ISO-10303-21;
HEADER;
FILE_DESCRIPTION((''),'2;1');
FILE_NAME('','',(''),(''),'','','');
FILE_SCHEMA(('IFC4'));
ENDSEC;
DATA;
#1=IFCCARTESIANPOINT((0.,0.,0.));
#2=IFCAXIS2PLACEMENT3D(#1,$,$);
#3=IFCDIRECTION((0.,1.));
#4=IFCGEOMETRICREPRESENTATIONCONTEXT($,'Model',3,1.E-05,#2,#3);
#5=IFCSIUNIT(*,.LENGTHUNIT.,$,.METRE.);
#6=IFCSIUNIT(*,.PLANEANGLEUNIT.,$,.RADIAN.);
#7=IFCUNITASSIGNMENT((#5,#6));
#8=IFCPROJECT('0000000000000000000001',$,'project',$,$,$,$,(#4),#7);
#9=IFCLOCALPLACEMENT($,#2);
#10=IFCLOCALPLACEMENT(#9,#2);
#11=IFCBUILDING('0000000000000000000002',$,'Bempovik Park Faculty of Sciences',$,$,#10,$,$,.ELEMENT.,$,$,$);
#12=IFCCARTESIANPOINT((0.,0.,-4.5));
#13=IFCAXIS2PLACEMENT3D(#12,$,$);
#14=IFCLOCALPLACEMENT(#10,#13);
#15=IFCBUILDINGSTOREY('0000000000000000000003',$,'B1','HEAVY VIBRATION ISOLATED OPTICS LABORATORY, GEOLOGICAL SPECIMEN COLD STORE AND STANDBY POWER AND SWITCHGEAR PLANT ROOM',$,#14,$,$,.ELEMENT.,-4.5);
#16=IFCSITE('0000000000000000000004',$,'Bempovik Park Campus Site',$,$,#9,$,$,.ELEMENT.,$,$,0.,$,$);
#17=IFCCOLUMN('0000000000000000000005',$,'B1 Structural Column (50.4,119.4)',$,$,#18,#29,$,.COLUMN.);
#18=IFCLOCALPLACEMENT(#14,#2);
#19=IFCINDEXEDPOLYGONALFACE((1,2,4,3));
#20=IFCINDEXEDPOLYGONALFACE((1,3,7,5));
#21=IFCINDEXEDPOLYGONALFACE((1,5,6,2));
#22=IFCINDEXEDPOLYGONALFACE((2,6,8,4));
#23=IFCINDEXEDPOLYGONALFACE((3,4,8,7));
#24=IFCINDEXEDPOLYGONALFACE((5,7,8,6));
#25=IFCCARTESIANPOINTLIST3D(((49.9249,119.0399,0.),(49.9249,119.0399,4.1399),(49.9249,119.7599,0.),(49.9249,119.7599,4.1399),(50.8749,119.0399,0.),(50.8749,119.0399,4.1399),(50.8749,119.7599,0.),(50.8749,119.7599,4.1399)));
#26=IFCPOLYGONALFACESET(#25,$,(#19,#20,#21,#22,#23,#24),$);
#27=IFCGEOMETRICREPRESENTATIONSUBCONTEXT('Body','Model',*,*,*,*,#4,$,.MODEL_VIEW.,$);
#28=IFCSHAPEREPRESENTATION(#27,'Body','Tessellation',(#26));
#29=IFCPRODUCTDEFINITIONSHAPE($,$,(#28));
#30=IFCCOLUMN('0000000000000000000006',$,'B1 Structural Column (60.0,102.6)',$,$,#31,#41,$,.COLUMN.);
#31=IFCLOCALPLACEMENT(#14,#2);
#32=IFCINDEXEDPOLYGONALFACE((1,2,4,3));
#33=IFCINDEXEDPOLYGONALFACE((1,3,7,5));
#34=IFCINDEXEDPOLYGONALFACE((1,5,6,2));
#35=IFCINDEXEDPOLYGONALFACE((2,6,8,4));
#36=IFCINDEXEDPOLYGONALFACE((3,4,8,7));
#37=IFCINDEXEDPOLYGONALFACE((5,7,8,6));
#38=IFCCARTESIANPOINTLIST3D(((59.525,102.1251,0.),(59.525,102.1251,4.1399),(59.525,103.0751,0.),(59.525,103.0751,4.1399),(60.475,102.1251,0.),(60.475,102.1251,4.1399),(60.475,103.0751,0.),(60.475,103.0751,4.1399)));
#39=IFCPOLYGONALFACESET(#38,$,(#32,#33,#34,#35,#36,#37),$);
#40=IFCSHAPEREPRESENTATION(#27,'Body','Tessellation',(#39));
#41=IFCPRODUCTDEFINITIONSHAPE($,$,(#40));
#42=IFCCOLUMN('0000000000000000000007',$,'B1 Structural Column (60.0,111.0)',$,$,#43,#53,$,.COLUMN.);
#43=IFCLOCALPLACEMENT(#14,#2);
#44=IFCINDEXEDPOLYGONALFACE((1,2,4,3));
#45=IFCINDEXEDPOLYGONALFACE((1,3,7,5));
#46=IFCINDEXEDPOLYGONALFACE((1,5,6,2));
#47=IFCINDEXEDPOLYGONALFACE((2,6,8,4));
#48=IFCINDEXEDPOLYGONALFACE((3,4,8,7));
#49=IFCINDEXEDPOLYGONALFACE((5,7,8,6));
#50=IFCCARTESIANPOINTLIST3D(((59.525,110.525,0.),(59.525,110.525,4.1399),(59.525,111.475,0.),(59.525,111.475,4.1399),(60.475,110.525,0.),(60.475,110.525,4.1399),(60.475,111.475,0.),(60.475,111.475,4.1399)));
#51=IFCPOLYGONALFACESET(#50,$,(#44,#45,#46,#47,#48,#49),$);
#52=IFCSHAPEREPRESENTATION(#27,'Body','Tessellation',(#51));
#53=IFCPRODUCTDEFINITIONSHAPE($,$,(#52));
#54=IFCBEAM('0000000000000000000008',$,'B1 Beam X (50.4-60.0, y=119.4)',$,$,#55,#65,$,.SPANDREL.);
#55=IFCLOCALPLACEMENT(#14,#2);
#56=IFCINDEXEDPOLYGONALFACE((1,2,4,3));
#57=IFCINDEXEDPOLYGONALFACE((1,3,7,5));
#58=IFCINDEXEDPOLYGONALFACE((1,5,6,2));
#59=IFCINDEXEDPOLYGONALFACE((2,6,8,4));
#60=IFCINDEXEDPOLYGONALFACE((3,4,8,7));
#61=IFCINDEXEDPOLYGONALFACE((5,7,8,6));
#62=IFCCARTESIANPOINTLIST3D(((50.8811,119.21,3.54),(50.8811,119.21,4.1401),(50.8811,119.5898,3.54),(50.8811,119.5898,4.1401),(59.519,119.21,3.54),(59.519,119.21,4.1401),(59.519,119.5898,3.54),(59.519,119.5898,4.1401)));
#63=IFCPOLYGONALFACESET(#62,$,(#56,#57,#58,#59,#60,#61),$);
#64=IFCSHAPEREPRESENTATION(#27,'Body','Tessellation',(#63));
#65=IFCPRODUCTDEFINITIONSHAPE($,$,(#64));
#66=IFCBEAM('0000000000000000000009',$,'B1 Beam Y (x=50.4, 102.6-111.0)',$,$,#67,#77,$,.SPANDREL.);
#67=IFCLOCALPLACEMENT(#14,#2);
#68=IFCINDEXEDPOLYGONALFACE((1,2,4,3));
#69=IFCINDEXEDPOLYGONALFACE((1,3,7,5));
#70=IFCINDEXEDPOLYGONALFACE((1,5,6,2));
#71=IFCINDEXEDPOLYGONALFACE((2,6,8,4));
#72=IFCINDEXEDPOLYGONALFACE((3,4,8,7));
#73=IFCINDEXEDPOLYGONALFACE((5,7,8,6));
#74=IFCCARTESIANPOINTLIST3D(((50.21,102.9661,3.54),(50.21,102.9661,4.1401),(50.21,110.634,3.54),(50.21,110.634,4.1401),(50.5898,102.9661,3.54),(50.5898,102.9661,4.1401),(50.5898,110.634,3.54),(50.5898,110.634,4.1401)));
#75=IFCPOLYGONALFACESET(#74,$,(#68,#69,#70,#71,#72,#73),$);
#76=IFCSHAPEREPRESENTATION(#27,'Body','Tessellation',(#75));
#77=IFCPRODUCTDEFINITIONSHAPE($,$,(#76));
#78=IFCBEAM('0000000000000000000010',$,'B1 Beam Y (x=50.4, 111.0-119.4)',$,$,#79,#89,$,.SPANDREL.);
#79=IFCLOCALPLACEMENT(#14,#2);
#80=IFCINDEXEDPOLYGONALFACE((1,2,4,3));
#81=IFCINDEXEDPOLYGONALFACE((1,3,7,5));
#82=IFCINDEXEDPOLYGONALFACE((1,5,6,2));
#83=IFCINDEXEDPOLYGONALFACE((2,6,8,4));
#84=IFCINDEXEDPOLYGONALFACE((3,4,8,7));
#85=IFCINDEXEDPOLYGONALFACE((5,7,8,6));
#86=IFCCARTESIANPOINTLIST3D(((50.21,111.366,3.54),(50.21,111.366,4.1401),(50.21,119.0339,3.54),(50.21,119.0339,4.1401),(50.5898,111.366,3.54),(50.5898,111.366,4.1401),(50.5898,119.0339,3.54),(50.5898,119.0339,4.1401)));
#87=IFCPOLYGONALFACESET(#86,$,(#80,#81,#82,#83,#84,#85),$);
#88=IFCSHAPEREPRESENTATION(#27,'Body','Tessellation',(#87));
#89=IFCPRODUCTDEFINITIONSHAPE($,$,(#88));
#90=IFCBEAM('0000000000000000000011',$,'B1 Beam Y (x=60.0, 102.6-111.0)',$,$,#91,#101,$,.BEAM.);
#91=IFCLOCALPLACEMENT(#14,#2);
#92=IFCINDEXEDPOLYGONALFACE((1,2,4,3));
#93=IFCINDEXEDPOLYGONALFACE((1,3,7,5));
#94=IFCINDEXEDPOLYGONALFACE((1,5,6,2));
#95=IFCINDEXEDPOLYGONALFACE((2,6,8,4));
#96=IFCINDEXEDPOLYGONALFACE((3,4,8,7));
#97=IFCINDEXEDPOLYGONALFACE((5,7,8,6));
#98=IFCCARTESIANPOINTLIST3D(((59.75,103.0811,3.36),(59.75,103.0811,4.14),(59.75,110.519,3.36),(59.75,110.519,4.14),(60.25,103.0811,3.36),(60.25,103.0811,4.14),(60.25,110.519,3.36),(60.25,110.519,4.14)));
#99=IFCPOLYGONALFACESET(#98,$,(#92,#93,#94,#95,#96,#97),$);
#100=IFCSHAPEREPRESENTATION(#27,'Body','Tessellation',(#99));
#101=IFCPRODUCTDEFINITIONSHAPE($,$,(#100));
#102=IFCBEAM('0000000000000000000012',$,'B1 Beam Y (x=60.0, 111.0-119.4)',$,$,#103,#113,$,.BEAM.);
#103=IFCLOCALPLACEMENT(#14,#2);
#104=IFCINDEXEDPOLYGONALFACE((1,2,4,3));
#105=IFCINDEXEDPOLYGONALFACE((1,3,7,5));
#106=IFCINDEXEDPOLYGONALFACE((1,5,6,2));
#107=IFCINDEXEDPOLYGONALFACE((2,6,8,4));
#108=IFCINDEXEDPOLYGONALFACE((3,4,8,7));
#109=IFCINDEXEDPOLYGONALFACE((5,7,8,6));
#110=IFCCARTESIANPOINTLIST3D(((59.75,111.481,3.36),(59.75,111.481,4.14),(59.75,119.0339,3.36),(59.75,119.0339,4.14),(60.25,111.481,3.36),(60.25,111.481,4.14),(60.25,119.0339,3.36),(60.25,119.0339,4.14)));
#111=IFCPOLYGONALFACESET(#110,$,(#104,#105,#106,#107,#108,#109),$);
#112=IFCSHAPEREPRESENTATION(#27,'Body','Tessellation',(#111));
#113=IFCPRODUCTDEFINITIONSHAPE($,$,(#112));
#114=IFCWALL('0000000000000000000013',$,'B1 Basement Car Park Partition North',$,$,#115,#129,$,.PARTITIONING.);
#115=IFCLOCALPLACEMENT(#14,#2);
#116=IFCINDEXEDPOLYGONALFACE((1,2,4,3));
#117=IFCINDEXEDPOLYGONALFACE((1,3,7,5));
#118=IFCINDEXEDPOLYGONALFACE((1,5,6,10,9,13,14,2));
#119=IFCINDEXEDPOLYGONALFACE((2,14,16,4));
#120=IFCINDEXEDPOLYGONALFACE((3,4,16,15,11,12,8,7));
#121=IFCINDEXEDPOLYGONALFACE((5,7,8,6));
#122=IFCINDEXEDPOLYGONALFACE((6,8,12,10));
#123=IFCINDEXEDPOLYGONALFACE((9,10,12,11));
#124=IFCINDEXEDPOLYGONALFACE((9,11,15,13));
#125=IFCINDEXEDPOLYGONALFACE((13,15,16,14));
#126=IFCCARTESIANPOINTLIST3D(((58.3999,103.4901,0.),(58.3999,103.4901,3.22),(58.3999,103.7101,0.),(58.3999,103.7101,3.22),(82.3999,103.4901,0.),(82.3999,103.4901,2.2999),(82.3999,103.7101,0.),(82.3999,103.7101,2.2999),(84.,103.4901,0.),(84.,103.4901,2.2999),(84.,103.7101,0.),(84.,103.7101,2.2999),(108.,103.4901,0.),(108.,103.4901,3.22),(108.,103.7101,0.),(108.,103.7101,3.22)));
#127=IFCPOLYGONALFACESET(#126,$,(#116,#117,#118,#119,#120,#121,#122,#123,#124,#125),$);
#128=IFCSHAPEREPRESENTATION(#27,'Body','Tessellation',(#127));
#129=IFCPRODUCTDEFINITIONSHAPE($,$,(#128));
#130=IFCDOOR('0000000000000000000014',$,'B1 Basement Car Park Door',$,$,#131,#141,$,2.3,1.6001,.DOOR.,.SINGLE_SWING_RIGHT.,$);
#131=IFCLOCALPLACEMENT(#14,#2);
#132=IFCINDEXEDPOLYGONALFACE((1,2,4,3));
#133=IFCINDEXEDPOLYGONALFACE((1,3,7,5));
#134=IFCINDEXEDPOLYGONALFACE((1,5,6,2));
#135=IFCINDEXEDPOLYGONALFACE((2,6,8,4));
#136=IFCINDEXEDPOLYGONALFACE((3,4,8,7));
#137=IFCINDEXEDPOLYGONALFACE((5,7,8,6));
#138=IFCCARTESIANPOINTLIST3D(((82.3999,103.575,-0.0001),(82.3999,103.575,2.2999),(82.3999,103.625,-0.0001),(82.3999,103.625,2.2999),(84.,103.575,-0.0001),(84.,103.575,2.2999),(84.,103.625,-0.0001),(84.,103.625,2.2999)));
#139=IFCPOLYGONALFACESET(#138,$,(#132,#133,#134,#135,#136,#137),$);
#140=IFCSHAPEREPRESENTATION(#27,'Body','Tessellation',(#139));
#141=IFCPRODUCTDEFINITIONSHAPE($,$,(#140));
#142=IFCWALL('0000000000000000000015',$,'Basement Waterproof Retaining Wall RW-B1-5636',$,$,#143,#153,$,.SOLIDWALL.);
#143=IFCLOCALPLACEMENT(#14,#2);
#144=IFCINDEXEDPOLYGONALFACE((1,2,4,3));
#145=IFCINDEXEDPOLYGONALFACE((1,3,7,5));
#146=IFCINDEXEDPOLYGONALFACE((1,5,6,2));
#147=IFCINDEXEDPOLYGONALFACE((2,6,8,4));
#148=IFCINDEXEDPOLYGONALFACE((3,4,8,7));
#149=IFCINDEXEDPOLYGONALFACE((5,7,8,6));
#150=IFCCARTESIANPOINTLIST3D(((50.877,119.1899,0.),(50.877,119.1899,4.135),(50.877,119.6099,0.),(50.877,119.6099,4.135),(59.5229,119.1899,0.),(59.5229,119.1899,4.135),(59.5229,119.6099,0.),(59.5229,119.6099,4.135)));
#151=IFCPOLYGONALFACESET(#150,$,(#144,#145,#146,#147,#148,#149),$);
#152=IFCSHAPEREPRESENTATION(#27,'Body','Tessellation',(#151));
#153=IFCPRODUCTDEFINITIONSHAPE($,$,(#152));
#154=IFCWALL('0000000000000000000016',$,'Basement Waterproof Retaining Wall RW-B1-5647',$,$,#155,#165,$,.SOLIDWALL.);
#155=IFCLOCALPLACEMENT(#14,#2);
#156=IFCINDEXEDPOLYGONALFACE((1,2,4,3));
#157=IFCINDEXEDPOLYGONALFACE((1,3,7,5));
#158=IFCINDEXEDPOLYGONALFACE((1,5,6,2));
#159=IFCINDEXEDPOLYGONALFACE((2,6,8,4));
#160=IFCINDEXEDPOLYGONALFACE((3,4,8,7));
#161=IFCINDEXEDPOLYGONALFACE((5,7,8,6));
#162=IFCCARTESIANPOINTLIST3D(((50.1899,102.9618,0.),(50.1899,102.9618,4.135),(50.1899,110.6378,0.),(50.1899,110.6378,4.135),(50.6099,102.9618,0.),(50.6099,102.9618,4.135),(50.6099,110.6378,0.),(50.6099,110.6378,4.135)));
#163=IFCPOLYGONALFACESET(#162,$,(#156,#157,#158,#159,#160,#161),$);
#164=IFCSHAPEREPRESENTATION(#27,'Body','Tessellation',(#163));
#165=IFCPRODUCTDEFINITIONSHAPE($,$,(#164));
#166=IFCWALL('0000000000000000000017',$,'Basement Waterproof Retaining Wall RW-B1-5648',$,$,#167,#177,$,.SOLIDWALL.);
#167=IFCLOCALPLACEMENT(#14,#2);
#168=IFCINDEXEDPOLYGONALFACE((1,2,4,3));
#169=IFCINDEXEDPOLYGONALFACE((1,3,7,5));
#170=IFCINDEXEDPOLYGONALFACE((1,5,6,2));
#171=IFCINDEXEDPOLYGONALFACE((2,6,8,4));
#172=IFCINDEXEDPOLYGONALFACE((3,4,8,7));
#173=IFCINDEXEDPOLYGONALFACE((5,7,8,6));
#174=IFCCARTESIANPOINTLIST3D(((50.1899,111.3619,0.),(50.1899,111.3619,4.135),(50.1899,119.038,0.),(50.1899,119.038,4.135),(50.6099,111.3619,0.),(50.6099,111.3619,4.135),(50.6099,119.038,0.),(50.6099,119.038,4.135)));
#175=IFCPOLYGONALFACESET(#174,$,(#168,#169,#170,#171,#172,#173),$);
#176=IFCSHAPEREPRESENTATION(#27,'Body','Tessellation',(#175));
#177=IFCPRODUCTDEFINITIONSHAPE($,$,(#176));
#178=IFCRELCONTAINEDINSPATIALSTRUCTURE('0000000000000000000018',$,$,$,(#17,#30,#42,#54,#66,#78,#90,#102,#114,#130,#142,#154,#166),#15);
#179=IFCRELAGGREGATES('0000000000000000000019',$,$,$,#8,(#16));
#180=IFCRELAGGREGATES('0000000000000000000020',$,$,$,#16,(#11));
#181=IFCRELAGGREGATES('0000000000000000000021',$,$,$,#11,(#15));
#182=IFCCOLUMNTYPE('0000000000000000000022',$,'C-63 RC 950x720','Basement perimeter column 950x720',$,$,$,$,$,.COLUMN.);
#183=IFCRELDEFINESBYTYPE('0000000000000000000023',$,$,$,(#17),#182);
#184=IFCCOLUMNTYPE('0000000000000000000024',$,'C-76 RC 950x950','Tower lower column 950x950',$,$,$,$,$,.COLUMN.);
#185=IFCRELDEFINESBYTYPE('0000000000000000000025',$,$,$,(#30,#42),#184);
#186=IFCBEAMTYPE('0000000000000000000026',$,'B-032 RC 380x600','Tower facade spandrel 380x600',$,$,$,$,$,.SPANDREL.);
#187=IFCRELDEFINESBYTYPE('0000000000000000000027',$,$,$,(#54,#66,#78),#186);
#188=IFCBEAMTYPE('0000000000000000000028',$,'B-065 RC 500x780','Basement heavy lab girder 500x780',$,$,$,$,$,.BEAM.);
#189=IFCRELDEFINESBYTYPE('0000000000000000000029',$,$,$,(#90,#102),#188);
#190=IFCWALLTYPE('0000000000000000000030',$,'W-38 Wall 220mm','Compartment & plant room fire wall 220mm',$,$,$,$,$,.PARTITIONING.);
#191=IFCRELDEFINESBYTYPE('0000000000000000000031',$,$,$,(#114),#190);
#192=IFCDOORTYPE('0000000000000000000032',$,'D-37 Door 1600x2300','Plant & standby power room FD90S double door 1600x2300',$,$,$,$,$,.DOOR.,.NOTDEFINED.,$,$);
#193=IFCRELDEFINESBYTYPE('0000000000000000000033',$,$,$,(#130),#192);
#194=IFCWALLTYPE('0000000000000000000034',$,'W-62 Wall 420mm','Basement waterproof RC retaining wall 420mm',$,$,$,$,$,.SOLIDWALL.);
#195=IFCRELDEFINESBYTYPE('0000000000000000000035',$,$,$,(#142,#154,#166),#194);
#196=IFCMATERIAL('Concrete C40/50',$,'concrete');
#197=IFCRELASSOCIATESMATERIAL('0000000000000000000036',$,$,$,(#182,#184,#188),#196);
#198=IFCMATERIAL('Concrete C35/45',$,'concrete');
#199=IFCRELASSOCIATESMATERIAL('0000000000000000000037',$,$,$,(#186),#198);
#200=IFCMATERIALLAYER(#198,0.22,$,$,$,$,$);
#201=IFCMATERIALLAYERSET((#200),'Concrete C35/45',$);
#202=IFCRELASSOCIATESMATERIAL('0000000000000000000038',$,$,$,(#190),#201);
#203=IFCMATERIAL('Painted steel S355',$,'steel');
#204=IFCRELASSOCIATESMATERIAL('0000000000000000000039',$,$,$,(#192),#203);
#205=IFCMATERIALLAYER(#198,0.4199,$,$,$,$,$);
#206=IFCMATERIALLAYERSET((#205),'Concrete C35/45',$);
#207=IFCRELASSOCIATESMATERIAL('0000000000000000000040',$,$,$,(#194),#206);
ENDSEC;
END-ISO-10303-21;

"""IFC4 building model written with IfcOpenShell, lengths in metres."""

from ifc_helpers import new_model, si_unit, direction, frame, frame_2d, origin, origin_2d, place, context, subcontext, project, spatial, rectangle, extrude, material, layer, layer_set, material_profile, profile_set, type_object, element, fill, save


model = new_model("IFC4")

# Units and contexts
model_context = context("Model", 3, precision=1e-05, world=origin(), true_north=direction((0.0, 1.0)))
body_context = subcontext(model_context, "Body", "Model", "MODEL_VIEW")
ifc_project = project(units=[si_unit("LENGTHUNIT", "METRE"), si_unit("PLANEANGLEUNIT", "RADIAN")], contexts=[model_context])

# Site, building, storey
site_placement = place(None, origin())
site = spatial("IfcSite", under=ifc_project, at=site_placement, Name="Bempovik Park Campus Site", CompositionType="ELEMENT", RefElevation=0.0)
building_placement = place(site_placement, origin())
building = spatial("IfcBuilding", under=site, at=building_placement, Name="Bempovik Park Faculty of Sciences", CompositionType="ELEMENT")
storey_placement = place(building_placement, frame((0.0, 0.0, -4.5)))
storey = spatial("IfcBuildingStorey", under=building, at=storey_placement, Name="B1", Description="HEAVY VIBRATION ISOLATED OPTICS LABORATORY, GEOLOGICAL SPECIMEN COLD STORE AND STANDBY POWER AND SWITCHGEAR PLANT ROOM", CompositionType="ELEMENT", Elevation=-4.5)

# Shared definitions
ifc_material_1 = material(Name="Concrete C35/45", Category="concrete")

# Columns
ifc_material_2 = material(Name="Concrete C40/50", Category="concrete")
ifc_material_profile_1 = material_profile(ifc_material_2, rectangle(XDim=0.95, YDim=0.72, at=origin_2d()), Name="RC 950x720")
ifc_profile_set_1 = profile_set([ifc_material_profile_1], Name="Concrete C40/50")
column_type_1 = type_object("IfcColumnType", Name="C-63 RC 950x720", Description="Basement perimeter column 950x720", PredefinedType="COLUMN", material=ifc_profile_set_1)
for number, where, z_axis, x_axis, name in (
    (1, (50.3999, 119.3999, 0.0), (0.0, 0.0, 1.0), (1.0, 0.0, 0.0), "B1 Structural Column (50.4,119.4)"),
):
    element("IfcColumn", number, at=place(storey_placement, frame(where, z_axis=z_axis, x_axis=x_axis)), inside=storey, type_object=column_type_1, Name=name, PredefinedType="COLUMN", context=body_context, shape_type="SweptSolid", body=[
        extrude(rectangle(XDim=0.95, YDim=0.72, at=origin_2d()), origin(), (0.0, 0.0, 1.0), 4.1399),
    ])
ifc_material_profile_2 = material_profile(ifc_material_2, rectangle(XDim=0.95, YDim=0.95, at=origin_2d()), Name="RC 950x950")
ifc_profile_set_2 = profile_set([ifc_material_profile_2], Name="Concrete C40/50")
column_type_2 = type_object("IfcColumnType", Name="C-76 RC 950x950", Description="Tower lower column 950x950", PredefinedType="COLUMN", material=ifc_profile_set_2)
for number, where, z_axis, x_axis, name in (
    (2, (60.0, 102.6001, 0.0), (0.0, 0.0, 1.0), (1.0, 0.0, 0.0), "B1 Structural Column (60.0,102.6)"),
    (3, (60.0, 111.0, 0.0), (0.0, 0.0, 1.0), (1.0, 0.0, 0.0), "B1 Structural Column (60.0,111.0)"),
):
    element("IfcColumn", number, at=place(storey_placement, frame(where, z_axis=z_axis, x_axis=x_axis)), inside=storey, type_object=column_type_2, Name=name, PredefinedType="COLUMN", context=body_context, shape_type="SweptSolid", body=[
        extrude(rectangle(XDim=0.95, YDim=0.95, at=origin_2d()), origin(), (0.0, 0.0, 1.0), 4.1399),
    ])

# Beams
ifc_material_profile_3 = material_profile(ifc_material_1, rectangle(XDim=0.3799, YDim=0.6001, at=origin_2d()), Name="RC 380x600")
ifc_profile_set_3 = profile_set([ifc_material_profile_3], Name="Concrete C35/45")
beam_type_1 = type_object("IfcBeamType", Name="B-032 RC 380x600", Description="Tower facade spandrel 380x600", PredefinedType="SPANDREL", material=ifc_profile_set_3)
beam_1_placement = place(storey_placement, frame((50.8811, 119.3999, 3.8401), z_axis=(1.0, 0.0, 0.0), x_axis=(0.0, 1.0, 0.0)))
element("IfcBeam", 4, at=beam_1_placement, inside=storey, type_object=beam_type_1, Name="B1 Beam X (50.4-60.0, y=119.4)", PredefinedType="SPANDREL", context=body_context, shape_type="SweptSolid", body=[
    extrude(rectangle(XDim=0.3799, YDim=0.6001, at=origin_2d()), origin(), (0.0, 0.0, 1.0), 8.6379),
])
for number, where, z_axis, x_axis, name in (
    (5, (50.3999, 102.9661, 3.8401), (0.0, 1.0, 0.0), (-1.0, 0.0, 0.0), "B1 Beam Y (x=50.4, 102.6-111.0)"),
    (6, (50.3999, 111.366, 3.8401), (0.0, 1.0, 0.0), (-1.0, 0.0, 0.0), "B1 Beam Y (x=50.4, 111.0-119.4)"),
):
    element("IfcBeam", number, at=place(storey_placement, frame(where, z_axis=z_axis, x_axis=x_axis)), inside=storey, type_object=beam_type_1, Name=name, PredefinedType="SPANDREL", context=body_context, shape_type="SweptSolid", body=[
        extrude(rectangle(XDim=0.3799, YDim=0.6001, at=origin_2d()), origin(), (0.0, 0.0, 1.0), 7.668),
    ])
ifc_material_profile_4 = material_profile(ifc_material_2, rectangle(XDim=0.5, YDim=0.78, at=origin_2d()), Name="RC 500x780")
ifc_profile_set_4 = profile_set([ifc_material_profile_4], Name="Concrete C40/50")
beam_type_2 = type_object("IfcBeamType", Name="B-065 RC 500x780", Description="Basement heavy lab girder 500x780", PredefinedType="BEAM", material=ifc_profile_set_4)
beam_2_placement = place(storey_placement, frame((60.0, 103.0811, 3.75), z_axis=(0.0, 1.0, 0.0), x_axis=(-1.0, 0.0, 0.0)))
element("IfcBeam", 7, at=beam_2_placement, inside=storey, type_object=beam_type_2, Name="B1 Beam Y (x=60.0, 102.6-111.0)", PredefinedType="BEAM", context=body_context, shape_type="SweptSolid", body=[
    extrude(rectangle(XDim=0.5, YDim=0.78, at=origin_2d()), origin(), (0.0, 0.0, 1.0), 7.438),
])
beam_3_placement = place(storey_placement, frame((60.0, 111.481, 3.75), z_axis=(0.0, 1.0, 0.0), x_axis=(-1.0, 0.0, 0.0)))
element("IfcBeam", 8, at=beam_3_placement, inside=storey, type_object=beam_type_2, Name="B1 Beam Y (x=60.0, 111.0-119.4)", PredefinedType="BEAM", context=body_context, shape_type="SweptSolid", body=[
    extrude(rectangle(XDim=0.5, YDim=0.78, at=origin_2d()), origin(), (0.0, 0.0, 1.0), 7.553),
])

# Wall, opening, door
ifc_layer_1 = layer(ifc_material_1, 0.22)
ifc_layer_set_1 = layer_set([ifc_layer_1], Name="Concrete C35/45")
wall_type_1 = type_object("IfcWallType", Name="W-38 Wall 220mm", Description="Compartment & plant room fire wall 220mm", PredefinedType="PARTITIONING", material=ifc_layer_set_1)
wall_1_placement = place(storey_placement, frame((58.3999, 103.6001, 0.0), z_axis=(0.0, 0.0, 1.0), x_axis=(1.0, 0.0, 0.0)))
wall_1 = element("IfcWall", 9, at=wall_1_placement, inside=storey, type_object=wall_type_1, Name="B1 Basement Car Park Partition North", PredefinedType="PARTITIONING", context=body_context, shape_type="SweptSolid", body=[
    extrude(rectangle(XDim=49.6001, YDim=0.22, at=frame_2d((24.8, 0.0))), origin(), (0.0, 0.0, 1.0), 3.22),
])
opening_placement = place(wall_1_placement, frame((24.0, 0.0, 0.0)))
opening = element("IfcOpeningElement", 10, at=opening_placement, cuts=wall_1, PredefinedType="OPENING", context=body_context, shape_type="SweptSolid", body=[
    extrude(rectangle(XDim=1.6001, YDim=2.3, at=frame_2d((0.8, 1.1499))), frame((0.0, 0.1201, 0.0), z_axis=(0.0, -1.0, 0.0), x_axis=(1.0, 0.0, 0.0)), (0.0, 0.0, 1.0), 0.24),
])
ifc_material_3 = material(Name="Painted steel S355", Category="steel")
door_type = type_object("IfcDoorType", Name="D-37 Door 1600x2300", Description="Plant & standby power room FD90S double door 1600x2300", OperationType="NOTDEFINED", PredefinedType="DOOR", material=ifc_material_3)
door_placement = place(opening_placement, origin())
door = element("IfcDoor", 11, at=door_placement, inside=storey, type_object=door_type, Name="B1 Basement Car Park Door", OperationType="SINGLE_SWING_RIGHT", OverallHeight=2.3, OverallWidth=1.6001, PredefinedType="DOOR", context=body_context, shape_type="SweptSolid", body=[
    extrude(rectangle(XDim=1.6001, YDim=2.3, at=frame_2d((0.8, 1.1499))), frame((0.0, 0.0249, 0.0), z_axis=(0.0, -1.0, 0.0), x_axis=(1.0, 0.0, 0.0)), (0.0, 0.0, 1.0), 0.05),
])
fill(opening, door)

# Walls
ifc_layer_2 = layer(ifc_material_1, 0.4199)
ifc_layer_set_2 = layer_set([ifc_layer_2], Name="Concrete C35/45")
wall_type_2 = type_object("IfcWallType", Name="W-62 Wall 420mm", Description="Basement waterproof RC retaining wall 420mm", PredefinedType="SOLIDWALL", material=ifc_layer_set_2)
wall_2_placement = place(storey_placement, frame((50.877, 119.3999, 0.0), z_axis=(0.0, 0.0, 1.0), x_axis=(1.0, 0.0, 0.0)))
element("IfcWall", 12, at=wall_2_placement, inside=storey, type_object=wall_type_2, Name="Basement Waterproof Retaining Wall RW-B1-5636", PredefinedType="SOLIDWALL", context=body_context, shape_type="SweptSolid", body=[
    extrude(rectangle(XDim=8.646, YDim=0.4199, at=frame_2d((4.323, 0.0))), origin(), (0.0, 0.0, 1.0), 4.135),
])
for number, where, z_axis, x_axis, name in (
    (13, (50.3999, 102.9619, 0.0), (0.0, 0.0, 1.0), (0.0, 1.0, 0.0), "Basement Waterproof Retaining Wall RW-B1-5647"),
    (14, (50.3999, 111.3621, 0.0), (0.0, 0.0, 1.0), (0.0, 1.0, 0.0), "Basement Waterproof Retaining Wall RW-B1-5648"),
):
    element("IfcWall", number, at=place(storey_placement, frame(where, z_axis=z_axis, x_axis=x_axis)), inside=storey, type_object=wall_type_2, Name=name, PredefinedType="SOLIDWALL", context=body_context, shape_type="SweptSolid", body=[
        extrude(rectangle(XDim=7.676, YDim=0.4199, at=frame_2d((3.8379, 0.0))), origin(), (0.0, 0.0, 1.0), 4.135),
    ])

save(model, "model.ifc")
